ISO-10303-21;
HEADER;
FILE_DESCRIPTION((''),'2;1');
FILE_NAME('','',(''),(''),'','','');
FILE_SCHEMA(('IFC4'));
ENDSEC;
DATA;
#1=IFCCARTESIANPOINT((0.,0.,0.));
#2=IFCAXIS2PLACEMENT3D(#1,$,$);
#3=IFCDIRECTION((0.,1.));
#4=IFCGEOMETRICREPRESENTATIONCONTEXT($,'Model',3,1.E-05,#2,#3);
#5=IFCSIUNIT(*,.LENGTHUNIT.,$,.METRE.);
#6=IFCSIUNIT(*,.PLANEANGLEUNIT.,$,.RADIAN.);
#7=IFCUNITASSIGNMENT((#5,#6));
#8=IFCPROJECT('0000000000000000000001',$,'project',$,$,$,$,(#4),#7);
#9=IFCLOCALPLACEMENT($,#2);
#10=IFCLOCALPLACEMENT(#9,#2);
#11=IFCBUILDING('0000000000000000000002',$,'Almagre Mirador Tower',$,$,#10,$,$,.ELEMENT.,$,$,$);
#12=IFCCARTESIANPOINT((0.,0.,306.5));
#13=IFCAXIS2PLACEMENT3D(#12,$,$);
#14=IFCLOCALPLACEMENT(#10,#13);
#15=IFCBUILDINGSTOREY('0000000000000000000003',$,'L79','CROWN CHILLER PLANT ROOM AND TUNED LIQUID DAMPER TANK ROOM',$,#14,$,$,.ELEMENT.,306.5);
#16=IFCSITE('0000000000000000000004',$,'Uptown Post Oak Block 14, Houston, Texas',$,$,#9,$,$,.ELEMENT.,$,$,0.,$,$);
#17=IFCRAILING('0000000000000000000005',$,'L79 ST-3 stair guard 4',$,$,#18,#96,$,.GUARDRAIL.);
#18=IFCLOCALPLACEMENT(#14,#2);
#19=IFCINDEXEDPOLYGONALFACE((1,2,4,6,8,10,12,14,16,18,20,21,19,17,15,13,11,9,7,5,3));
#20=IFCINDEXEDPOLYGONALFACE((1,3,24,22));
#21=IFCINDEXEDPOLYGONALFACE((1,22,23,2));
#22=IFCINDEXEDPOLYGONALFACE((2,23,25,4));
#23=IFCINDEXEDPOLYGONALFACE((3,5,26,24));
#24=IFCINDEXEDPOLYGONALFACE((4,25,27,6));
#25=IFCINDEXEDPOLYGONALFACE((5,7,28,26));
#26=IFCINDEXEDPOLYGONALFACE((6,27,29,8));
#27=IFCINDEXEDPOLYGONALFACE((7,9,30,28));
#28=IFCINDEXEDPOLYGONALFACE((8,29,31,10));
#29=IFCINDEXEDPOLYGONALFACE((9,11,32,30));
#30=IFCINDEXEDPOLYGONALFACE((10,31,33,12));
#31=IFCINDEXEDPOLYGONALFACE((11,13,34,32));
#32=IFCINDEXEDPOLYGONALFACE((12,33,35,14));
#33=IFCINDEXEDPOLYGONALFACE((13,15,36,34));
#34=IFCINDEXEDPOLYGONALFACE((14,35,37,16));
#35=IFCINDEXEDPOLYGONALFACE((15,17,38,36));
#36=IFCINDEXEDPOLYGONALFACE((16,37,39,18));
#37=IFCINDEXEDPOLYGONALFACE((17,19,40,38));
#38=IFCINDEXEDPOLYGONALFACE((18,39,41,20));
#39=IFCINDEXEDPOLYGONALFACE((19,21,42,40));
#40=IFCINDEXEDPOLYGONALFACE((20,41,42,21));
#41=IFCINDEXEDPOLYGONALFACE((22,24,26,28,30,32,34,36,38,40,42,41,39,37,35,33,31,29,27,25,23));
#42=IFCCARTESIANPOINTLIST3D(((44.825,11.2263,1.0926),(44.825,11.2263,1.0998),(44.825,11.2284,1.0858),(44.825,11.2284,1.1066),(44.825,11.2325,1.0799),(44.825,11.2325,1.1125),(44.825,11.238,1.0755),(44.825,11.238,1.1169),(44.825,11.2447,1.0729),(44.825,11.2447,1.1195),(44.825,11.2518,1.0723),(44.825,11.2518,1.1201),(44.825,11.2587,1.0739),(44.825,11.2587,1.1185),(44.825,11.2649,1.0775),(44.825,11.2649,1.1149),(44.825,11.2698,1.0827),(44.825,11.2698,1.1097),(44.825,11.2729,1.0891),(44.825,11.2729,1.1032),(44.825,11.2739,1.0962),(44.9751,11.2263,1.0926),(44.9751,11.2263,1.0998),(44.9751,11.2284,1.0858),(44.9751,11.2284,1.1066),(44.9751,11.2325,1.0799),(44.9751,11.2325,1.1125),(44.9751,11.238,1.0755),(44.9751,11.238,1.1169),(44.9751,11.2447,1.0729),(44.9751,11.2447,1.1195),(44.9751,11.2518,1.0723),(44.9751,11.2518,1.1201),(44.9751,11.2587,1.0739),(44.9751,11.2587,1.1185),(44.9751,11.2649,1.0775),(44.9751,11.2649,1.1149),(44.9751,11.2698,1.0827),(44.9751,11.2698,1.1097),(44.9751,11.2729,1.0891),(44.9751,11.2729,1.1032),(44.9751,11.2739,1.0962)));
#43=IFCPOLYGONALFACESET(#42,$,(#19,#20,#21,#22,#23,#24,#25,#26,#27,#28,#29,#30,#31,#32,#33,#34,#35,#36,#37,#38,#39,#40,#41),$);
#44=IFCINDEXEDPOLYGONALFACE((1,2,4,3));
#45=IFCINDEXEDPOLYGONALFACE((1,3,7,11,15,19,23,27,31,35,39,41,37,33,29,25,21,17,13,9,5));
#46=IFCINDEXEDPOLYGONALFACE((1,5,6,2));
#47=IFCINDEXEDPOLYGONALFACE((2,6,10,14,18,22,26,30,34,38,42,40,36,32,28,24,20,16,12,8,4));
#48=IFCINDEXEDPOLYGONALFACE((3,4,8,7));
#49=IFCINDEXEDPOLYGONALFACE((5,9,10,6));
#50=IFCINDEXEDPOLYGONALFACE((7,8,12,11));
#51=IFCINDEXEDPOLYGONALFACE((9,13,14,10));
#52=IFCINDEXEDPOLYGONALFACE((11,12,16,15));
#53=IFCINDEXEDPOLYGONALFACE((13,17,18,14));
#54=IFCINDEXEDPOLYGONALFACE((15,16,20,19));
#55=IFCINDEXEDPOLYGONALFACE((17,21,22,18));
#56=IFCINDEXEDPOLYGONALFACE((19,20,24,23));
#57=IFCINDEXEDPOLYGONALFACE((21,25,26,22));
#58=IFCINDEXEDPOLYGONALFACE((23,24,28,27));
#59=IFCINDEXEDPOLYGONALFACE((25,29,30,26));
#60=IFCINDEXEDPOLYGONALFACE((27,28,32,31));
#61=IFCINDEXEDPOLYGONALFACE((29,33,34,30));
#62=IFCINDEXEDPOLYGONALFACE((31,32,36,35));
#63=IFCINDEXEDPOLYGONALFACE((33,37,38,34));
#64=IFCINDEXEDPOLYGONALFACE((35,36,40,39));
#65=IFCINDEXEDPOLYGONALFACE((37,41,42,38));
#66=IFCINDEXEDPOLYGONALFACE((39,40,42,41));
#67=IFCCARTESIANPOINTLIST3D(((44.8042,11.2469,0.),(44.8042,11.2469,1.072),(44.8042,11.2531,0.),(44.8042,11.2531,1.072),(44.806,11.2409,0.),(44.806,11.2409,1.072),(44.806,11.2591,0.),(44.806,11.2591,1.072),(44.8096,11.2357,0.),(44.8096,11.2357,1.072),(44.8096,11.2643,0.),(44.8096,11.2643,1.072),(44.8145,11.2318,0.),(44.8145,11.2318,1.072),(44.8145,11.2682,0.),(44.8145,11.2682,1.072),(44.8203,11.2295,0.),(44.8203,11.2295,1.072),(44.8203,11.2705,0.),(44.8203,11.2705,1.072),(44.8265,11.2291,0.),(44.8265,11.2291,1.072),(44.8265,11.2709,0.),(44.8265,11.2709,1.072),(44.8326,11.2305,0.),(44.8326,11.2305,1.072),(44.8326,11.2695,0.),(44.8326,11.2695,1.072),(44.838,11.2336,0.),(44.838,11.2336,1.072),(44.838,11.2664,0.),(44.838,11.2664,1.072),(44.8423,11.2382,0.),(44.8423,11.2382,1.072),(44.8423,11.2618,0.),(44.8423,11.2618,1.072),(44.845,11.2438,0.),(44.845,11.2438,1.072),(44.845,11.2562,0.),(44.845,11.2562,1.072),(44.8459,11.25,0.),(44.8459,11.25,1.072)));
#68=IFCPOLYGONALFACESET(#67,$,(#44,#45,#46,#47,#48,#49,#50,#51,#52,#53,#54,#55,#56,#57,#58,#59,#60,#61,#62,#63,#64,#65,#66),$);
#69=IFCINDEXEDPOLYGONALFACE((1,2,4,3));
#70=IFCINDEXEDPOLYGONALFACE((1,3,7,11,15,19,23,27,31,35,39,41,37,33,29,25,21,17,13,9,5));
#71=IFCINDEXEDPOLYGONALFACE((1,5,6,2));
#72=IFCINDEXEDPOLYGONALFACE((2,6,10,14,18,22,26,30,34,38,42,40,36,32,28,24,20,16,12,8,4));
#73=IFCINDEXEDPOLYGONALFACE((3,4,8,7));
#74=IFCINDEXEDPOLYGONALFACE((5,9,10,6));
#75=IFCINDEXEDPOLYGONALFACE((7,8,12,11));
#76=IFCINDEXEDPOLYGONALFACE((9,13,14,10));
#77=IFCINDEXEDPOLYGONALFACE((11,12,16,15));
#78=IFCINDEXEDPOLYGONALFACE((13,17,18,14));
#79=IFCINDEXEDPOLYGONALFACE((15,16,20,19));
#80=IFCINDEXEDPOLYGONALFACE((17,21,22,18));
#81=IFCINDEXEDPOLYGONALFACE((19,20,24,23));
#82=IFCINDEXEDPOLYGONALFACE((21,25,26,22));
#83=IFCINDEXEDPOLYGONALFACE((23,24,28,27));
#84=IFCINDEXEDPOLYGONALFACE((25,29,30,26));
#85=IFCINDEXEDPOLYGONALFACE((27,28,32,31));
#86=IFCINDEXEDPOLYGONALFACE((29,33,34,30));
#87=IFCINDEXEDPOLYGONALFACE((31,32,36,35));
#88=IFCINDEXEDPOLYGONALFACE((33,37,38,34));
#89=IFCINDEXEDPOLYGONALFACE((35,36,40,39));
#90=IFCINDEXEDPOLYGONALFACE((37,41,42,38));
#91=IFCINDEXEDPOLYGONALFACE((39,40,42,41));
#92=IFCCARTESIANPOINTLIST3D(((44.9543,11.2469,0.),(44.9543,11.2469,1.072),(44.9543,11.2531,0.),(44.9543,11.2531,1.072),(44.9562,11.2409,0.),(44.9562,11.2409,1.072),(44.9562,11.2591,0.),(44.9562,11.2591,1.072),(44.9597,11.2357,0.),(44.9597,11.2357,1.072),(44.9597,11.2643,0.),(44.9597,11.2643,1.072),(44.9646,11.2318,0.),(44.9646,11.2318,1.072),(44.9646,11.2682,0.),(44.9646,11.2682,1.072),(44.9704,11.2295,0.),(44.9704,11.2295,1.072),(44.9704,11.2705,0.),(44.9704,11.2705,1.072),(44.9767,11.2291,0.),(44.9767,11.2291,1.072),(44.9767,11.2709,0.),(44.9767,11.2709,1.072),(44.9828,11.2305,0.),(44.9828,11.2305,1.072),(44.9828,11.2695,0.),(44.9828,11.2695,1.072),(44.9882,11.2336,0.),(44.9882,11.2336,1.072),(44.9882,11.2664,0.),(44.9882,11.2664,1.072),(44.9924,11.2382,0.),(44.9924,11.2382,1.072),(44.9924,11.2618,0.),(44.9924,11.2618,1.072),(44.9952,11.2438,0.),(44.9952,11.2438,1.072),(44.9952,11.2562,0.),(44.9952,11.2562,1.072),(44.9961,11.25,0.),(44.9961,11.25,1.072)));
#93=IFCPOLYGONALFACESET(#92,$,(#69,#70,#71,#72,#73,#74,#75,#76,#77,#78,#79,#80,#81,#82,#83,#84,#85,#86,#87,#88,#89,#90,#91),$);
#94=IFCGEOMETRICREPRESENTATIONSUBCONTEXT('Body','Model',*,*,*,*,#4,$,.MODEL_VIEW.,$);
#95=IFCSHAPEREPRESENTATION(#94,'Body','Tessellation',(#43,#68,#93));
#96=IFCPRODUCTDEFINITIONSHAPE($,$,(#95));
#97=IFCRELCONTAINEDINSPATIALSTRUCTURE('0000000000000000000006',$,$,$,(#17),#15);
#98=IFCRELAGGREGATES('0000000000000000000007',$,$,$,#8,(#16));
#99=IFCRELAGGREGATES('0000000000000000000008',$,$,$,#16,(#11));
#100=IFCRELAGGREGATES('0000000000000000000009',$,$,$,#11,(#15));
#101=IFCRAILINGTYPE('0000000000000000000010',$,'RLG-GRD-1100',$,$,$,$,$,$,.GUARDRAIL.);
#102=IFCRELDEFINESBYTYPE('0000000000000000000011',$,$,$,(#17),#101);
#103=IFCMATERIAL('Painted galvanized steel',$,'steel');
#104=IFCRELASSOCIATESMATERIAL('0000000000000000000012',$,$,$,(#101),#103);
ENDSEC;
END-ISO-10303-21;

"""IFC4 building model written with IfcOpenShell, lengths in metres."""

from ifc_helpers import new_model, si_unit, direction, frame, origin, origin_2d, place, context, subcontext, project, spatial, circle, extrude, material, type_object, element, save


model = new_model("IFC4")

# Units and contexts
model_context = context("Model", 3, precision=1e-05, world=origin(), true_north=direction((0.0, 1.0)))
body_context = subcontext(model_context, "Body", "Model", "MODEL_VIEW")
ifc_project = project(units=[si_unit("LENGTHUNIT", "METRE"), si_unit("PLANEANGLEUNIT", "RADIAN")], contexts=[model_context])

# Site, building, storey
site_placement = place(None, origin())
site = spatial("IfcSite", under=ifc_project, at=site_placement, Name="Uptown Post Oak Block 14, Houston, Texas", CompositionType="ELEMENT", RefElevation=0.0)
building_placement = place(site_placement, origin())
building = spatial("IfcBuilding", under=site, at=building_placement, Name="Almagre Mirador Tower", CompositionType="ELEMENT")
storey_placement = place(building_placement, frame((0.0, 0.0, 306.5)))
storey = spatial("IfcBuildingStorey", under=building, at=storey_placement, Name="L79", Description="CROWN CHILLER PLANT ROOM AND TUNED LIQUID DAMPER TANK ROOM", CompositionType="ELEMENT", Elevation=306.5)

# Railing
ifc_material_1 = material(Name="Painted galvanized steel", Category="steel")
railing_type_1 = type_object("IfcRailingType", Name="RLG-GRD-1100", PredefinedType="GUARDRAIL", material=ifc_material_1)
railing_1_placement = place(storey_placement, frame((44.825, 11.25, 0.0)))
element("IfcRailing", 1, at=railing_1_placement, inside=storey, type_object=railing_type_1, Name="L79 ST-3 stair guard 4", PredefinedType="GUARDRAIL", context=body_context, shape_type="SweptSolid", body=[
    extrude(circle(Radius=0.0239, at=origin_2d()), frame((0.0, 0.0, 1.0962), z_axis=(1.0, 0.0, 0.0), x_axis=(0.0, 1.0, 0.0)), (0.0, 0.0, 1.0), 0.1501),
    extrude(circle(Radius=0.021, at=origin_2d()), origin(), (0.0, 0.0, 1.0), 1.072),
    extrude(circle(Radius=0.021, at=origin_2d()), frame((0.1501, 0.0, 0.0)), (0.0, 0.0, 1.0), 1.072),
])

save(model, "model.ifc")
